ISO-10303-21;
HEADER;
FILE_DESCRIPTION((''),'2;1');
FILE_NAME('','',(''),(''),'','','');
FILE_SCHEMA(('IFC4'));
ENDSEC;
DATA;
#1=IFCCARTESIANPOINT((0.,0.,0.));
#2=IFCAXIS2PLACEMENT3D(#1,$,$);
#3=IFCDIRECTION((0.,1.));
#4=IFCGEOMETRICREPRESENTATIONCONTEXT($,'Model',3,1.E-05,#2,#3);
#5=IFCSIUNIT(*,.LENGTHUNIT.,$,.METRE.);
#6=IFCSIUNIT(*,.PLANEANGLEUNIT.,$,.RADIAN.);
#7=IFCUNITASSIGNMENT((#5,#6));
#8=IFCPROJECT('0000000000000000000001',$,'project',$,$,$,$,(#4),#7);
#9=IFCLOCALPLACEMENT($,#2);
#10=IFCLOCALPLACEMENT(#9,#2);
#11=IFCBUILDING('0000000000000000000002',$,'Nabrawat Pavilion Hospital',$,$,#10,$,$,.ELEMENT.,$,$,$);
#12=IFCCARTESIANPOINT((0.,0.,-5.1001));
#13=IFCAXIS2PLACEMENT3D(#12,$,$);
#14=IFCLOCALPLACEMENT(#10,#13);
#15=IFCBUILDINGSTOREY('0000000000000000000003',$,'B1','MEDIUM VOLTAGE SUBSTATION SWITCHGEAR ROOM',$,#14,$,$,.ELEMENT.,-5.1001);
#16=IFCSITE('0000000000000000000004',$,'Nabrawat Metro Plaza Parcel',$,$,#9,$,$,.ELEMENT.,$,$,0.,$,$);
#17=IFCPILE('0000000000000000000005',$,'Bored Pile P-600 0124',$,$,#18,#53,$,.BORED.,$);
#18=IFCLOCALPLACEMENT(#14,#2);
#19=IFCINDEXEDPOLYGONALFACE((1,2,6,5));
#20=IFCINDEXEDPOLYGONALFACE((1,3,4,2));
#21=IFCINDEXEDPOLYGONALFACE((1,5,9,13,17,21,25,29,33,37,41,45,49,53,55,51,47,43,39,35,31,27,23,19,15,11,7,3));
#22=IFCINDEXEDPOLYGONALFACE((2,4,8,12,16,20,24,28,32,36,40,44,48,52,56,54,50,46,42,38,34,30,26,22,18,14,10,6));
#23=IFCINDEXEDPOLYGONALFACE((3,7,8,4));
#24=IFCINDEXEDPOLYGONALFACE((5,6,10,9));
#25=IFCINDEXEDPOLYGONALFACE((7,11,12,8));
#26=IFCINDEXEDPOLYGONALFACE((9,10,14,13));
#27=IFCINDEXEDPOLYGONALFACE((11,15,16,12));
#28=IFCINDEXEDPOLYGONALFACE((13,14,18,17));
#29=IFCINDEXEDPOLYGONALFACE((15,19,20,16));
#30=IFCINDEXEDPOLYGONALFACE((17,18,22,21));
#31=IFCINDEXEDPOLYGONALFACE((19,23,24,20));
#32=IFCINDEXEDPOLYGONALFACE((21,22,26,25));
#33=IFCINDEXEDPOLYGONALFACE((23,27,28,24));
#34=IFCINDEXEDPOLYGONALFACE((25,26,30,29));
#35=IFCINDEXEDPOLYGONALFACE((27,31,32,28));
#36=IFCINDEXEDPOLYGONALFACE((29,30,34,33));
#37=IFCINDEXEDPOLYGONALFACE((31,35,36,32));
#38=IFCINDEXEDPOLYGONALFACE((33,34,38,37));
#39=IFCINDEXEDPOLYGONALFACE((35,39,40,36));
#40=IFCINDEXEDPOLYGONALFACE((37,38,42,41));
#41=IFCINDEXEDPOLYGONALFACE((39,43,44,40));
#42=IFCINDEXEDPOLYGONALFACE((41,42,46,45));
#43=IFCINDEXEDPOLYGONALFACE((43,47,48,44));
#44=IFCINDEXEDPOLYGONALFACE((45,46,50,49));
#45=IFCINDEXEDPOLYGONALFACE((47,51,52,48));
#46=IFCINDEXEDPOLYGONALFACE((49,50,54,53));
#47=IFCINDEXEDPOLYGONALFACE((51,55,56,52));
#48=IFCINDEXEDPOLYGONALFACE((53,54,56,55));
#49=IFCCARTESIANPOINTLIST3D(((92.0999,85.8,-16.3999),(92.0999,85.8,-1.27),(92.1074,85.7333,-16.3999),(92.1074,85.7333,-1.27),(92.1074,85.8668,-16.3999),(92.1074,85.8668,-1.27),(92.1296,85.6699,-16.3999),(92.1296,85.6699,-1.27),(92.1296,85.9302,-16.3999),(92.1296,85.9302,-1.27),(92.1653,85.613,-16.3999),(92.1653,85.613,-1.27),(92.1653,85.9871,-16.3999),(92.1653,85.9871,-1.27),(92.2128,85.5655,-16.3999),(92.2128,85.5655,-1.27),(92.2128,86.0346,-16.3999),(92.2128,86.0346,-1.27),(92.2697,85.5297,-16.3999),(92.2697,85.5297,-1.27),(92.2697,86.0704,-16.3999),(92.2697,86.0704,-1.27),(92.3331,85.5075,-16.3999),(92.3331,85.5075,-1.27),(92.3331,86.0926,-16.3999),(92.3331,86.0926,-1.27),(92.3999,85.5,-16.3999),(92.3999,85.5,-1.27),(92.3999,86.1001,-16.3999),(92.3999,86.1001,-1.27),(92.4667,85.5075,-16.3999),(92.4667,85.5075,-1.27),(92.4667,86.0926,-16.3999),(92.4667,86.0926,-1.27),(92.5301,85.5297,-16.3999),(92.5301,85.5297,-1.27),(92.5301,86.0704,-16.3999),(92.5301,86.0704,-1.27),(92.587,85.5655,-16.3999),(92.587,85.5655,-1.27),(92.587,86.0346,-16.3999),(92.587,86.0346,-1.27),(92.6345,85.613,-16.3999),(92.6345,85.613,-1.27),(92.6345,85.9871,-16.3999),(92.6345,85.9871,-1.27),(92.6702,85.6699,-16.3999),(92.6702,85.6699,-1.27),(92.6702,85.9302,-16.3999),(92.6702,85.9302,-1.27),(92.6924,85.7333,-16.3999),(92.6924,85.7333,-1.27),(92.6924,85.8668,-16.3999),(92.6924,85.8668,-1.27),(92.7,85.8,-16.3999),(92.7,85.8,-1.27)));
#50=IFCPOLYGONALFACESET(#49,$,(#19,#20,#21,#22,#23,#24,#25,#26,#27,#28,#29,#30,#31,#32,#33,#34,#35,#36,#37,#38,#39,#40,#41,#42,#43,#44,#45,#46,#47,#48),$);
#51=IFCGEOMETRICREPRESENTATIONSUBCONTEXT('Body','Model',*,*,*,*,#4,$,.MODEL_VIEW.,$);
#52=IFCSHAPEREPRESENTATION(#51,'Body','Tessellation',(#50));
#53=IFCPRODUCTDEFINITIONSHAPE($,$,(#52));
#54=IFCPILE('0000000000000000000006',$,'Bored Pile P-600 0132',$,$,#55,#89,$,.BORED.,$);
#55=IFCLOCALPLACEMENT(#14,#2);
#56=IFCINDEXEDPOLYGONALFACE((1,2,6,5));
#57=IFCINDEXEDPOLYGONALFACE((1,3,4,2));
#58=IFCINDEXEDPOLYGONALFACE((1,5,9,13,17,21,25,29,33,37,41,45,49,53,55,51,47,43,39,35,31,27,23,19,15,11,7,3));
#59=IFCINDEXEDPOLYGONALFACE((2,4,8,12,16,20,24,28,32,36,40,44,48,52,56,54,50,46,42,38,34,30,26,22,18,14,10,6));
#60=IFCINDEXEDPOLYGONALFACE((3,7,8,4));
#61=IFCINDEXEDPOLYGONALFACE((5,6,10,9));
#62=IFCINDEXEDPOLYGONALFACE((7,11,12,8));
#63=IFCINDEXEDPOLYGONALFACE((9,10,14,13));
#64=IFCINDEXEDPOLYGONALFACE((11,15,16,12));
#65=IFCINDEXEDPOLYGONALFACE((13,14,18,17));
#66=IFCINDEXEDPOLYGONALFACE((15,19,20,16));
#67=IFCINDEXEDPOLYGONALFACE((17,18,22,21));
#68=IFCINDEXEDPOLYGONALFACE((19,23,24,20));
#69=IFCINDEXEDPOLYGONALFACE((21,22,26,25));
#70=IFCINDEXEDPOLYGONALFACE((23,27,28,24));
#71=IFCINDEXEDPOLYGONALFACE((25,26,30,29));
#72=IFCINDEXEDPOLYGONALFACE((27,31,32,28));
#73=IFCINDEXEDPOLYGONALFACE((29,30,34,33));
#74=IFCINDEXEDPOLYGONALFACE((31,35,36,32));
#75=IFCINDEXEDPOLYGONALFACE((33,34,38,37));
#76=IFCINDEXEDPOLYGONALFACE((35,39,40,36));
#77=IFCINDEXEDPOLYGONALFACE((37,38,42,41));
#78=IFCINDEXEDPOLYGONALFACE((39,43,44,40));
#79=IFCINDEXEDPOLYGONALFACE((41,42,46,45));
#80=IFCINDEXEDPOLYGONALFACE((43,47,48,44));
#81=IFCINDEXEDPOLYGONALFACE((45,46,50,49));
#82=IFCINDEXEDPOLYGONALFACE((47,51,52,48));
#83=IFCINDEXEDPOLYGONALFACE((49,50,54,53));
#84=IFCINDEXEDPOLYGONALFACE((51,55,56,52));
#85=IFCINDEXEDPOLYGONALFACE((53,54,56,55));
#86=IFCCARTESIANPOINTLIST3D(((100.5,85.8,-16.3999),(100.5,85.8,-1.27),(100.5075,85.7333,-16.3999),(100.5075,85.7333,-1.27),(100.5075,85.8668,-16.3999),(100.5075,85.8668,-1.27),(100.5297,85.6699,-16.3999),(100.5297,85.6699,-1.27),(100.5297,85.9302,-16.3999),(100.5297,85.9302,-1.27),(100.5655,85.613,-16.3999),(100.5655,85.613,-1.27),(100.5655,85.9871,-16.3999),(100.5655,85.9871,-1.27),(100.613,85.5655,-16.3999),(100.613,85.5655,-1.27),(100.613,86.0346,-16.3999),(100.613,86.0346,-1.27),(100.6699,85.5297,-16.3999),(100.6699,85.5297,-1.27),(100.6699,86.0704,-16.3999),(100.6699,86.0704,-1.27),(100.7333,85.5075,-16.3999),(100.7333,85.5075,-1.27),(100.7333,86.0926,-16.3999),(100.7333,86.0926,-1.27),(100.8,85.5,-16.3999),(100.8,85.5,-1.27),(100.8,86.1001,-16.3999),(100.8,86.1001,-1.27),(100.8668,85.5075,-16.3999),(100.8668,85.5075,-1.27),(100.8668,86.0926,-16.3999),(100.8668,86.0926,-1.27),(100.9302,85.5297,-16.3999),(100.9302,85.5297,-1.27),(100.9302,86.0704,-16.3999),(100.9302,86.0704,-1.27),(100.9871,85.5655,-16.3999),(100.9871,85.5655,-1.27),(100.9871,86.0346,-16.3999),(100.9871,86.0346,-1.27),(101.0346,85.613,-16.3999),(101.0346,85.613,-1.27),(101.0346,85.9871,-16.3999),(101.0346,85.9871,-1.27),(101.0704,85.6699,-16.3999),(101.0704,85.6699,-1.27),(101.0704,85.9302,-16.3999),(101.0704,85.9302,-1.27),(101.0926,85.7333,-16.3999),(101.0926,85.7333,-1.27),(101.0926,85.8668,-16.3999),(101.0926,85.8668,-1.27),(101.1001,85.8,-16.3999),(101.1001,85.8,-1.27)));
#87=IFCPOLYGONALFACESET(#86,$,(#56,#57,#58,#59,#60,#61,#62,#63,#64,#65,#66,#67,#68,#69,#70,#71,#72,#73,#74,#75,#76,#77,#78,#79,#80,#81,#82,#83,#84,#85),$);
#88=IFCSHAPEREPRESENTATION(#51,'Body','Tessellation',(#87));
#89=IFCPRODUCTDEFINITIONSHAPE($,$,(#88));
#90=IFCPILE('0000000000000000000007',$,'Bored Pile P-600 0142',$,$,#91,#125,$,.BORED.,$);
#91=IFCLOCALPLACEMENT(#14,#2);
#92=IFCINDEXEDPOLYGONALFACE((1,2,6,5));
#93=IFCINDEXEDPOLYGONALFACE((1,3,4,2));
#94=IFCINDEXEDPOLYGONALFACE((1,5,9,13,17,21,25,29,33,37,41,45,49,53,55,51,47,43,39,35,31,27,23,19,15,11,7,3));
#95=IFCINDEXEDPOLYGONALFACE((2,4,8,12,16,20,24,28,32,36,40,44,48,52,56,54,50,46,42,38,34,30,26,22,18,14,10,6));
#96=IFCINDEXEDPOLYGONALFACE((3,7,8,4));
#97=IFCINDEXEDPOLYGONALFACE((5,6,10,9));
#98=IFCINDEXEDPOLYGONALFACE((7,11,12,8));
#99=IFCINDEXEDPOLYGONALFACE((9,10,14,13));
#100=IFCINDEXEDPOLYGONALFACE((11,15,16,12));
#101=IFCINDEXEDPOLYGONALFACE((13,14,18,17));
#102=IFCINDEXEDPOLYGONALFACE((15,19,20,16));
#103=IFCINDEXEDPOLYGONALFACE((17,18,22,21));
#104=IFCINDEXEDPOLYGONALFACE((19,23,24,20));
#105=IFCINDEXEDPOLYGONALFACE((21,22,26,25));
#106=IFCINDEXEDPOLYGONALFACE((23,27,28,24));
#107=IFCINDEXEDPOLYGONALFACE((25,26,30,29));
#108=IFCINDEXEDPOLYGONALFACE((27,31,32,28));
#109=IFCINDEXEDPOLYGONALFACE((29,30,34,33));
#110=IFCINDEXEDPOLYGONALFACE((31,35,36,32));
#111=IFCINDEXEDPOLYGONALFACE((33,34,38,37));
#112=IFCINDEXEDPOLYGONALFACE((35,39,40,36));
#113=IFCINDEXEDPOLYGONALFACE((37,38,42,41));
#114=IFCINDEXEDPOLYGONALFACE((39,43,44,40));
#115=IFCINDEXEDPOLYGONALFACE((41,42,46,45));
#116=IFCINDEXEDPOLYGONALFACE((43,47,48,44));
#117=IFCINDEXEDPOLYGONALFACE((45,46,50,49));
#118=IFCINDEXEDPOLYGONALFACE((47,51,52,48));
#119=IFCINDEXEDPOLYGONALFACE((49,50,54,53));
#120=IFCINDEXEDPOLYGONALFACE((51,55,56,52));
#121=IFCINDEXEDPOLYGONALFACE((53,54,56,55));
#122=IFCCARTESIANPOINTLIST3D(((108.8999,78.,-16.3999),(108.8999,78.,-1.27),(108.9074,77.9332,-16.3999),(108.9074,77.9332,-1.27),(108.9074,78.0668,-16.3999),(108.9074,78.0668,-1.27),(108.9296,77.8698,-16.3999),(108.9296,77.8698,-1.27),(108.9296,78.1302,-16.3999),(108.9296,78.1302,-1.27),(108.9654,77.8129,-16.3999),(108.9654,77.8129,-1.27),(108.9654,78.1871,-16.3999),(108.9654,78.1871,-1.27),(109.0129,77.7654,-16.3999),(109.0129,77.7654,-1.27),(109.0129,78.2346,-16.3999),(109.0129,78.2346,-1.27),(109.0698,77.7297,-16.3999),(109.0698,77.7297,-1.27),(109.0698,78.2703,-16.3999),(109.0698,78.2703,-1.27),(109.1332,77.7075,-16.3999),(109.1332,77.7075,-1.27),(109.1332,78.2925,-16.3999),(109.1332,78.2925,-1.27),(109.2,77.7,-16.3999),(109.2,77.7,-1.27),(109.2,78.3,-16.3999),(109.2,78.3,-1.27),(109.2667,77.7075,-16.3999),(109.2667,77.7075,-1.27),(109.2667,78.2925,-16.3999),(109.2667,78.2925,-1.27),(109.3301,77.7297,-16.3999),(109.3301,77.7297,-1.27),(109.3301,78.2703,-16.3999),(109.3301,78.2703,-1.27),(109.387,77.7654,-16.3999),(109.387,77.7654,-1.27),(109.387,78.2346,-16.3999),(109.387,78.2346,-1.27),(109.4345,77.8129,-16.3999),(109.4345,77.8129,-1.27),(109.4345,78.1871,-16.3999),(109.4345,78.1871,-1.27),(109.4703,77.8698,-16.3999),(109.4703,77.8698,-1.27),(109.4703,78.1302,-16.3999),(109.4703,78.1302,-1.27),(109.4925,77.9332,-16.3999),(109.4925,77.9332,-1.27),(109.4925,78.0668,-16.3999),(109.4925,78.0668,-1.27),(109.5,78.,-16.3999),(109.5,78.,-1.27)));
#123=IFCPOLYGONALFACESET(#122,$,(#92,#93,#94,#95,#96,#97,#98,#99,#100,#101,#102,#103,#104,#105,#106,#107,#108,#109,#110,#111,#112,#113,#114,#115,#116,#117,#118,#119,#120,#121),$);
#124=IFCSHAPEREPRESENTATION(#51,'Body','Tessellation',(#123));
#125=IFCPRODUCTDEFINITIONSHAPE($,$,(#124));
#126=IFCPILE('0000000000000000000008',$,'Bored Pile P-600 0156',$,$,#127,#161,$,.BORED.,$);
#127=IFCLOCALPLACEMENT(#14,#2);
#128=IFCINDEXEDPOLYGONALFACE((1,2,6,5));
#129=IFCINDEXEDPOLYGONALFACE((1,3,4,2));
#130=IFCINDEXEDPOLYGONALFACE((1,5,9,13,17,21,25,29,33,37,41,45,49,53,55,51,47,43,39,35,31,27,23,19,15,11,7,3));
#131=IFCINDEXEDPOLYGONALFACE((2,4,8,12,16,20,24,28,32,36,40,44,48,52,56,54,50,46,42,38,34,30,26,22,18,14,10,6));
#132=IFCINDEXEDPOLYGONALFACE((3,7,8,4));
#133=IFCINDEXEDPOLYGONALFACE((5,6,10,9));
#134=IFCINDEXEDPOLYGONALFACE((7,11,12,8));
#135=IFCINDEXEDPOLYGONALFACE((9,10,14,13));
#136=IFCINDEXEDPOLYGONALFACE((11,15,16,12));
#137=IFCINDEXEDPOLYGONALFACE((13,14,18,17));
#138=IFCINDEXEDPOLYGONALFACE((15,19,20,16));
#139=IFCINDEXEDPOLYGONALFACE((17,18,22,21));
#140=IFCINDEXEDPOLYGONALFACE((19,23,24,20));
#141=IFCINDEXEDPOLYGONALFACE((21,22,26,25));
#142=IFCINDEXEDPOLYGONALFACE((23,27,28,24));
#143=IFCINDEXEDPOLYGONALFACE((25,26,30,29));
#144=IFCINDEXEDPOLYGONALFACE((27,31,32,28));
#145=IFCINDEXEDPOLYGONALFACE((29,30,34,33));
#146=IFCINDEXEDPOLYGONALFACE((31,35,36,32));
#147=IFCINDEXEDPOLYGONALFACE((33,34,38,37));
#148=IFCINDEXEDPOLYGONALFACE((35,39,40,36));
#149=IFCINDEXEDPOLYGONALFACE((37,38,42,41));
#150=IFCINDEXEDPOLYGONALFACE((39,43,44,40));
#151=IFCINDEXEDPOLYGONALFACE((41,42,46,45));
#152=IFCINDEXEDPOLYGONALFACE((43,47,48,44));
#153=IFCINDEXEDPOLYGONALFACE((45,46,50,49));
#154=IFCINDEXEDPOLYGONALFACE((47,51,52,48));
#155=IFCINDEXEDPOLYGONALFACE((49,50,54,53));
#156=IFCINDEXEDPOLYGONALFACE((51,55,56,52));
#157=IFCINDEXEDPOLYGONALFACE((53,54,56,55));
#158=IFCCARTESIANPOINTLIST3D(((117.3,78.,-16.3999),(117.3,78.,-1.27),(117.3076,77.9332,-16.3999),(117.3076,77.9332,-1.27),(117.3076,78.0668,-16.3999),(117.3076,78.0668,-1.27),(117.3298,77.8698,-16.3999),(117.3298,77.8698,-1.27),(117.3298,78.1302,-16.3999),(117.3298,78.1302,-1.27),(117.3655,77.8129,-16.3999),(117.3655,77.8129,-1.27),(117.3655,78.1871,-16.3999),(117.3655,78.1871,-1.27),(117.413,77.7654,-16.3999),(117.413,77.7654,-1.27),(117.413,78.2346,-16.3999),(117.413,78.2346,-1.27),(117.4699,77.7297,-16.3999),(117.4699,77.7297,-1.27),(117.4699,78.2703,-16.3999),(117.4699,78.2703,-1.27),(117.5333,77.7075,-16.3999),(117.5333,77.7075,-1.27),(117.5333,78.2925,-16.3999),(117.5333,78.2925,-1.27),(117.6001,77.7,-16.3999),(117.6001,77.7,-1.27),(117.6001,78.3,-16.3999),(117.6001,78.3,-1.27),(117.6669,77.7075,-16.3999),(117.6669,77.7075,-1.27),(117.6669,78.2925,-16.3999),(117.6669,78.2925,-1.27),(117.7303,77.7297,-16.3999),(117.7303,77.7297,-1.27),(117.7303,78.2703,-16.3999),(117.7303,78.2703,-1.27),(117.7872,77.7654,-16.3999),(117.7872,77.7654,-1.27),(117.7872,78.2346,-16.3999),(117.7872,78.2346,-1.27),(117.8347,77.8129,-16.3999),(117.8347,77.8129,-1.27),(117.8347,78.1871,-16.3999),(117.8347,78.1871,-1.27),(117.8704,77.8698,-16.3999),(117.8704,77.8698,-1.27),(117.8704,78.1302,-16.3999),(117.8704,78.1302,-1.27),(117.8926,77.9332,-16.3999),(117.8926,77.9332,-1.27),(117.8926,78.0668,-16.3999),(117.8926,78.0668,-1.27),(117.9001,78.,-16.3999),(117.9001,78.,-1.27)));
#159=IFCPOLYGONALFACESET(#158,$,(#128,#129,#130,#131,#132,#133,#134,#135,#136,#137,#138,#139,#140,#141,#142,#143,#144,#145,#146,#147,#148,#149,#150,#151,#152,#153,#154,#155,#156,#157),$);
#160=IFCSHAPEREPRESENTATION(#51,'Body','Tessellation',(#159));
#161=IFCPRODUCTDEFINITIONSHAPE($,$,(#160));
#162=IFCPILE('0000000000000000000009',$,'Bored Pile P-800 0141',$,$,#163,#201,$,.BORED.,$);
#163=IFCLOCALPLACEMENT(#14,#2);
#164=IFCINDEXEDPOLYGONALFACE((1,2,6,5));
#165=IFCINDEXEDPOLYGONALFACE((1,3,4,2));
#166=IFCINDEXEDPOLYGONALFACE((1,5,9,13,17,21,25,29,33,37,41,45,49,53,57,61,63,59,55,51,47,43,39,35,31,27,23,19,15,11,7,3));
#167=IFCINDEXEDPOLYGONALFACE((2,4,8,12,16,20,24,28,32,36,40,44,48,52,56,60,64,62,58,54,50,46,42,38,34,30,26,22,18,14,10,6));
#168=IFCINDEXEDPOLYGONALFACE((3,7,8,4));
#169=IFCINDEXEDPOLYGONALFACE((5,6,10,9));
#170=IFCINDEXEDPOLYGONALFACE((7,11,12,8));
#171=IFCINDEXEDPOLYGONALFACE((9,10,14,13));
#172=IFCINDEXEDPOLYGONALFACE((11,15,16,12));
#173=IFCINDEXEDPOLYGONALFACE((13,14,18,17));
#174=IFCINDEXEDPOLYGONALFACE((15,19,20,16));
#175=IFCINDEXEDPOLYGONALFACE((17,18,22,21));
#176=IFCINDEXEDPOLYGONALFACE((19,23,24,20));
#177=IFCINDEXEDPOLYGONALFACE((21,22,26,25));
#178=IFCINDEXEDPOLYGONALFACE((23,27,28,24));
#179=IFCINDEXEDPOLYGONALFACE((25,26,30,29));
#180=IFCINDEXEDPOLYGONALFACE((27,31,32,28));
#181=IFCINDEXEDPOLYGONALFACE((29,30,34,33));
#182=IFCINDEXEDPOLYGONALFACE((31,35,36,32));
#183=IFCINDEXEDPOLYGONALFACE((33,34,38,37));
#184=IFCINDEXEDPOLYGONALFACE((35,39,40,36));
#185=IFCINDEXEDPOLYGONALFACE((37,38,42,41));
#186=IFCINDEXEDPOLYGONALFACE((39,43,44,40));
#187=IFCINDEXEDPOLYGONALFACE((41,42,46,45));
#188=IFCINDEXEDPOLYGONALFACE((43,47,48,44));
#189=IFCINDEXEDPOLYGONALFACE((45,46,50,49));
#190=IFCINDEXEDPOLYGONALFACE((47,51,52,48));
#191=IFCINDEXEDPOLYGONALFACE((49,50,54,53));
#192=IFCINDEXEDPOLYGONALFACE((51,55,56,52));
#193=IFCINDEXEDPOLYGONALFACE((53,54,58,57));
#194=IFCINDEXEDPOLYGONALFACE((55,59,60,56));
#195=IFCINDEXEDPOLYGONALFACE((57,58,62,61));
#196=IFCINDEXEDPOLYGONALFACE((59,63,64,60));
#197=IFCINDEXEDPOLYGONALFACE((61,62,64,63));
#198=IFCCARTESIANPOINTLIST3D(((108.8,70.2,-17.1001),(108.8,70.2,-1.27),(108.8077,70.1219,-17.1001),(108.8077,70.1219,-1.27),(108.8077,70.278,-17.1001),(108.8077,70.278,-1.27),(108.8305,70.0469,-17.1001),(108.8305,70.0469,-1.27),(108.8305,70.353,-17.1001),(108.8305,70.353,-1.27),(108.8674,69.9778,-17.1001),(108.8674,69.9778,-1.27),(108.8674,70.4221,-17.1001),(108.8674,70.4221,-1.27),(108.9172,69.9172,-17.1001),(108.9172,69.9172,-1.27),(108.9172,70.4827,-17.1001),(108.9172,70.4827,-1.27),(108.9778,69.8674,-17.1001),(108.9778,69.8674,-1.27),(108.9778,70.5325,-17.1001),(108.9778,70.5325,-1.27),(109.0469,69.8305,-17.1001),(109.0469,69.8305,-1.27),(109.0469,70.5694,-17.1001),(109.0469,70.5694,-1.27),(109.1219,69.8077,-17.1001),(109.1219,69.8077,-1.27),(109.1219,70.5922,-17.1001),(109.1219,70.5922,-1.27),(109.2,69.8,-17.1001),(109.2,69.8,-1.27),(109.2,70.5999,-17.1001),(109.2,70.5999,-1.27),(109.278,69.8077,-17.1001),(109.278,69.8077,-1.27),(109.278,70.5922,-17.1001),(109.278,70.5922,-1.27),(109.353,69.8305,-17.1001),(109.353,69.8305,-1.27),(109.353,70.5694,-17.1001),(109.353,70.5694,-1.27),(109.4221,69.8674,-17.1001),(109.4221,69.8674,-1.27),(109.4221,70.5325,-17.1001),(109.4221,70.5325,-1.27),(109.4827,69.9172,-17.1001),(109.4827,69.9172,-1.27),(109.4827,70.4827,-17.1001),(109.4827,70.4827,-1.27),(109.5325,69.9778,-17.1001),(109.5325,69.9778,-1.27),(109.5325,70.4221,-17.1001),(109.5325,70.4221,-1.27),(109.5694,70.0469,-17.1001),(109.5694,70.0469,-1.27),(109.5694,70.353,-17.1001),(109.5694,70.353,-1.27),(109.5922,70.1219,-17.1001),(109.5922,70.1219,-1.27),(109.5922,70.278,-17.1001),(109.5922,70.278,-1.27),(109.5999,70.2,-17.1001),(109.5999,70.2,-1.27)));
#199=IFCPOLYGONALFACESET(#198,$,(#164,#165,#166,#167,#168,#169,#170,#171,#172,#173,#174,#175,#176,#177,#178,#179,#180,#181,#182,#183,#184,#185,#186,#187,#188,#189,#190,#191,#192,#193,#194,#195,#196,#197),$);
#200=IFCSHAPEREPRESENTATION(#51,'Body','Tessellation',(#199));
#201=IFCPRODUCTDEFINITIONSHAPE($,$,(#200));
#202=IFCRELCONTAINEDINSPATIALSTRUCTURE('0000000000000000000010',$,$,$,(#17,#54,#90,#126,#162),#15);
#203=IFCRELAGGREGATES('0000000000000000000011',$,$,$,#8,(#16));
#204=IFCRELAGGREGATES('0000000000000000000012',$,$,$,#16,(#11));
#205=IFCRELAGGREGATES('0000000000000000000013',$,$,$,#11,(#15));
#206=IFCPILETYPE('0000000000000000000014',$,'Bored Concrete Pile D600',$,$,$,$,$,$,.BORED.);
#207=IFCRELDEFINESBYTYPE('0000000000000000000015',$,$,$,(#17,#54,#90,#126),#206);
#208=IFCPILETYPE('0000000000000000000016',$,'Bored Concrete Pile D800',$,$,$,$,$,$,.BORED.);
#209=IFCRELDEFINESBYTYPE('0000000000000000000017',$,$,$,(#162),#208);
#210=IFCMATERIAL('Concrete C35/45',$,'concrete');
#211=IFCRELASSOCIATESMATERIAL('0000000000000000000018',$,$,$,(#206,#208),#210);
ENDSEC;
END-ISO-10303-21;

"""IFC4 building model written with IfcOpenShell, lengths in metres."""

from ifc_helpers import new_model, si_unit, direction, frame, origin, origin_2d, place, context, subcontext, project, spatial, circle, extrude, material, material_profile, profile_set, type_object, element, save


model = new_model("IFC4")

# Units and contexts
model_context = context("Model", 3, precision=1e-05, world=origin(), true_north=direction((0.0, 1.0)))
body_context = subcontext(model_context, "Body", "Model", "MODEL_VIEW")
ifc_project = project(units=[si_unit("LENGTHUNIT", "METRE"), si_unit("PLANEANGLEUNIT", "RADIAN")], contexts=[model_context])

# Site, building, storey
site_placement = place(None, origin())
site = spatial("IfcSite", under=ifc_project, at=site_placement, Name="Nabrawat Metro Plaza Parcel", CompositionType="ELEMENT", RefElevation=0.0)
building_placement = place(site_placement, origin())
building = spatial("IfcBuilding", under=site, at=building_placement, Name="Nabrawat Pavilion Hospital", CompositionType="ELEMENT")
storey_placement = place(building_placement, frame((0.0, 0.0, -5.1001)))
storey = spatial("IfcBuildingStorey", under=building, at=storey_placement, Name="B1", Description="MEDIUM VOLTAGE SUBSTATION SWITCHGEAR ROOM", CompositionType="ELEMENT", Elevation=-5.1001)

# Piles
ifc_material_1 = material(Name="Concrete C35/45", Category="concrete")
ifc_material_profile_1 = material_profile(ifc_material_1, circle(Radius=0.3, at=origin_2d()), Name="DIA 600")
ifc_profile_set_1 = profile_set([ifc_material_profile_1], Name="Concrete C35/45")
pile_type_1 = type_object("IfcPileType", Name="Bored Concrete Pile D600", PredefinedType="BORED", material=ifc_profile_set_1)
for number, where, z_axis, x_axis, name in (
    (1, (92.3999, 85.8, -1.27), (0.0, 0.0, -1.0), (1.0, 0.0, 0.0), "Bored Pile P-600 0124"),
    (2, (100.8, 85.8, -1.27), (0.0, 0.0, -1.0), (1.0, 0.0, 0.0), "Bored Pile P-600 0132"),
    (3, (109.2, 78.0, -1.27), (0.0, 0.0, -1.0), (1.0, 0.0, 0.0), "Bored Pile P-600 0142"),
    (4, (117.6001, 78.0, -1.27), (0.0, 0.0, -1.0), (1.0, 0.0, 0.0), "Bored Pile P-600 0156"),
):
    element("IfcPile", number, at=place(storey_placement, frame(where, z_axis=z_axis, x_axis=x_axis)), inside=storey, type_object=pile_type_1, Name=name, PredefinedType="BORED", context=body_context, shape_type="SweptSolid", body=[
        extrude(circle(Radius=0.3, at=origin_2d()), origin(), (0.0, 0.0, 1.0), 15.1299),
    ])
ifc_material_profile_2 = material_profile(ifc_material_1, circle(Radius=0.3999, at=origin_2d()), Name="DIA 800")
ifc_profile_set_2 = profile_set([ifc_material_profile_2], Name="Concrete C35/45")
pile_type_2 = type_object("IfcPileType", Name="Bored Concrete Pile D800", PredefinedType="BORED", material=ifc_profile_set_2)
for number, where, z_axis, x_axis, name in (
    (5, (109.2, 70.2, -1.27), (0.0, 0.0, -1.0), (1.0, 0.0, 0.0), "Bored Pile P-800 0141"),
):
    element("IfcPile", number, at=place(storey_placement, frame(where, z_axis=z_axis, x_axis=x_axis)), inside=storey, type_object=pile_type_2, Name=name, PredefinedType="BORED", context=body_context, shape_type="SweptSolid", body=[
        extrude(circle(Radius=0.3999, at=origin_2d()), origin(), (0.0, 0.0, 1.0), 15.8301),
    ])

save(model, "model.ifc")
